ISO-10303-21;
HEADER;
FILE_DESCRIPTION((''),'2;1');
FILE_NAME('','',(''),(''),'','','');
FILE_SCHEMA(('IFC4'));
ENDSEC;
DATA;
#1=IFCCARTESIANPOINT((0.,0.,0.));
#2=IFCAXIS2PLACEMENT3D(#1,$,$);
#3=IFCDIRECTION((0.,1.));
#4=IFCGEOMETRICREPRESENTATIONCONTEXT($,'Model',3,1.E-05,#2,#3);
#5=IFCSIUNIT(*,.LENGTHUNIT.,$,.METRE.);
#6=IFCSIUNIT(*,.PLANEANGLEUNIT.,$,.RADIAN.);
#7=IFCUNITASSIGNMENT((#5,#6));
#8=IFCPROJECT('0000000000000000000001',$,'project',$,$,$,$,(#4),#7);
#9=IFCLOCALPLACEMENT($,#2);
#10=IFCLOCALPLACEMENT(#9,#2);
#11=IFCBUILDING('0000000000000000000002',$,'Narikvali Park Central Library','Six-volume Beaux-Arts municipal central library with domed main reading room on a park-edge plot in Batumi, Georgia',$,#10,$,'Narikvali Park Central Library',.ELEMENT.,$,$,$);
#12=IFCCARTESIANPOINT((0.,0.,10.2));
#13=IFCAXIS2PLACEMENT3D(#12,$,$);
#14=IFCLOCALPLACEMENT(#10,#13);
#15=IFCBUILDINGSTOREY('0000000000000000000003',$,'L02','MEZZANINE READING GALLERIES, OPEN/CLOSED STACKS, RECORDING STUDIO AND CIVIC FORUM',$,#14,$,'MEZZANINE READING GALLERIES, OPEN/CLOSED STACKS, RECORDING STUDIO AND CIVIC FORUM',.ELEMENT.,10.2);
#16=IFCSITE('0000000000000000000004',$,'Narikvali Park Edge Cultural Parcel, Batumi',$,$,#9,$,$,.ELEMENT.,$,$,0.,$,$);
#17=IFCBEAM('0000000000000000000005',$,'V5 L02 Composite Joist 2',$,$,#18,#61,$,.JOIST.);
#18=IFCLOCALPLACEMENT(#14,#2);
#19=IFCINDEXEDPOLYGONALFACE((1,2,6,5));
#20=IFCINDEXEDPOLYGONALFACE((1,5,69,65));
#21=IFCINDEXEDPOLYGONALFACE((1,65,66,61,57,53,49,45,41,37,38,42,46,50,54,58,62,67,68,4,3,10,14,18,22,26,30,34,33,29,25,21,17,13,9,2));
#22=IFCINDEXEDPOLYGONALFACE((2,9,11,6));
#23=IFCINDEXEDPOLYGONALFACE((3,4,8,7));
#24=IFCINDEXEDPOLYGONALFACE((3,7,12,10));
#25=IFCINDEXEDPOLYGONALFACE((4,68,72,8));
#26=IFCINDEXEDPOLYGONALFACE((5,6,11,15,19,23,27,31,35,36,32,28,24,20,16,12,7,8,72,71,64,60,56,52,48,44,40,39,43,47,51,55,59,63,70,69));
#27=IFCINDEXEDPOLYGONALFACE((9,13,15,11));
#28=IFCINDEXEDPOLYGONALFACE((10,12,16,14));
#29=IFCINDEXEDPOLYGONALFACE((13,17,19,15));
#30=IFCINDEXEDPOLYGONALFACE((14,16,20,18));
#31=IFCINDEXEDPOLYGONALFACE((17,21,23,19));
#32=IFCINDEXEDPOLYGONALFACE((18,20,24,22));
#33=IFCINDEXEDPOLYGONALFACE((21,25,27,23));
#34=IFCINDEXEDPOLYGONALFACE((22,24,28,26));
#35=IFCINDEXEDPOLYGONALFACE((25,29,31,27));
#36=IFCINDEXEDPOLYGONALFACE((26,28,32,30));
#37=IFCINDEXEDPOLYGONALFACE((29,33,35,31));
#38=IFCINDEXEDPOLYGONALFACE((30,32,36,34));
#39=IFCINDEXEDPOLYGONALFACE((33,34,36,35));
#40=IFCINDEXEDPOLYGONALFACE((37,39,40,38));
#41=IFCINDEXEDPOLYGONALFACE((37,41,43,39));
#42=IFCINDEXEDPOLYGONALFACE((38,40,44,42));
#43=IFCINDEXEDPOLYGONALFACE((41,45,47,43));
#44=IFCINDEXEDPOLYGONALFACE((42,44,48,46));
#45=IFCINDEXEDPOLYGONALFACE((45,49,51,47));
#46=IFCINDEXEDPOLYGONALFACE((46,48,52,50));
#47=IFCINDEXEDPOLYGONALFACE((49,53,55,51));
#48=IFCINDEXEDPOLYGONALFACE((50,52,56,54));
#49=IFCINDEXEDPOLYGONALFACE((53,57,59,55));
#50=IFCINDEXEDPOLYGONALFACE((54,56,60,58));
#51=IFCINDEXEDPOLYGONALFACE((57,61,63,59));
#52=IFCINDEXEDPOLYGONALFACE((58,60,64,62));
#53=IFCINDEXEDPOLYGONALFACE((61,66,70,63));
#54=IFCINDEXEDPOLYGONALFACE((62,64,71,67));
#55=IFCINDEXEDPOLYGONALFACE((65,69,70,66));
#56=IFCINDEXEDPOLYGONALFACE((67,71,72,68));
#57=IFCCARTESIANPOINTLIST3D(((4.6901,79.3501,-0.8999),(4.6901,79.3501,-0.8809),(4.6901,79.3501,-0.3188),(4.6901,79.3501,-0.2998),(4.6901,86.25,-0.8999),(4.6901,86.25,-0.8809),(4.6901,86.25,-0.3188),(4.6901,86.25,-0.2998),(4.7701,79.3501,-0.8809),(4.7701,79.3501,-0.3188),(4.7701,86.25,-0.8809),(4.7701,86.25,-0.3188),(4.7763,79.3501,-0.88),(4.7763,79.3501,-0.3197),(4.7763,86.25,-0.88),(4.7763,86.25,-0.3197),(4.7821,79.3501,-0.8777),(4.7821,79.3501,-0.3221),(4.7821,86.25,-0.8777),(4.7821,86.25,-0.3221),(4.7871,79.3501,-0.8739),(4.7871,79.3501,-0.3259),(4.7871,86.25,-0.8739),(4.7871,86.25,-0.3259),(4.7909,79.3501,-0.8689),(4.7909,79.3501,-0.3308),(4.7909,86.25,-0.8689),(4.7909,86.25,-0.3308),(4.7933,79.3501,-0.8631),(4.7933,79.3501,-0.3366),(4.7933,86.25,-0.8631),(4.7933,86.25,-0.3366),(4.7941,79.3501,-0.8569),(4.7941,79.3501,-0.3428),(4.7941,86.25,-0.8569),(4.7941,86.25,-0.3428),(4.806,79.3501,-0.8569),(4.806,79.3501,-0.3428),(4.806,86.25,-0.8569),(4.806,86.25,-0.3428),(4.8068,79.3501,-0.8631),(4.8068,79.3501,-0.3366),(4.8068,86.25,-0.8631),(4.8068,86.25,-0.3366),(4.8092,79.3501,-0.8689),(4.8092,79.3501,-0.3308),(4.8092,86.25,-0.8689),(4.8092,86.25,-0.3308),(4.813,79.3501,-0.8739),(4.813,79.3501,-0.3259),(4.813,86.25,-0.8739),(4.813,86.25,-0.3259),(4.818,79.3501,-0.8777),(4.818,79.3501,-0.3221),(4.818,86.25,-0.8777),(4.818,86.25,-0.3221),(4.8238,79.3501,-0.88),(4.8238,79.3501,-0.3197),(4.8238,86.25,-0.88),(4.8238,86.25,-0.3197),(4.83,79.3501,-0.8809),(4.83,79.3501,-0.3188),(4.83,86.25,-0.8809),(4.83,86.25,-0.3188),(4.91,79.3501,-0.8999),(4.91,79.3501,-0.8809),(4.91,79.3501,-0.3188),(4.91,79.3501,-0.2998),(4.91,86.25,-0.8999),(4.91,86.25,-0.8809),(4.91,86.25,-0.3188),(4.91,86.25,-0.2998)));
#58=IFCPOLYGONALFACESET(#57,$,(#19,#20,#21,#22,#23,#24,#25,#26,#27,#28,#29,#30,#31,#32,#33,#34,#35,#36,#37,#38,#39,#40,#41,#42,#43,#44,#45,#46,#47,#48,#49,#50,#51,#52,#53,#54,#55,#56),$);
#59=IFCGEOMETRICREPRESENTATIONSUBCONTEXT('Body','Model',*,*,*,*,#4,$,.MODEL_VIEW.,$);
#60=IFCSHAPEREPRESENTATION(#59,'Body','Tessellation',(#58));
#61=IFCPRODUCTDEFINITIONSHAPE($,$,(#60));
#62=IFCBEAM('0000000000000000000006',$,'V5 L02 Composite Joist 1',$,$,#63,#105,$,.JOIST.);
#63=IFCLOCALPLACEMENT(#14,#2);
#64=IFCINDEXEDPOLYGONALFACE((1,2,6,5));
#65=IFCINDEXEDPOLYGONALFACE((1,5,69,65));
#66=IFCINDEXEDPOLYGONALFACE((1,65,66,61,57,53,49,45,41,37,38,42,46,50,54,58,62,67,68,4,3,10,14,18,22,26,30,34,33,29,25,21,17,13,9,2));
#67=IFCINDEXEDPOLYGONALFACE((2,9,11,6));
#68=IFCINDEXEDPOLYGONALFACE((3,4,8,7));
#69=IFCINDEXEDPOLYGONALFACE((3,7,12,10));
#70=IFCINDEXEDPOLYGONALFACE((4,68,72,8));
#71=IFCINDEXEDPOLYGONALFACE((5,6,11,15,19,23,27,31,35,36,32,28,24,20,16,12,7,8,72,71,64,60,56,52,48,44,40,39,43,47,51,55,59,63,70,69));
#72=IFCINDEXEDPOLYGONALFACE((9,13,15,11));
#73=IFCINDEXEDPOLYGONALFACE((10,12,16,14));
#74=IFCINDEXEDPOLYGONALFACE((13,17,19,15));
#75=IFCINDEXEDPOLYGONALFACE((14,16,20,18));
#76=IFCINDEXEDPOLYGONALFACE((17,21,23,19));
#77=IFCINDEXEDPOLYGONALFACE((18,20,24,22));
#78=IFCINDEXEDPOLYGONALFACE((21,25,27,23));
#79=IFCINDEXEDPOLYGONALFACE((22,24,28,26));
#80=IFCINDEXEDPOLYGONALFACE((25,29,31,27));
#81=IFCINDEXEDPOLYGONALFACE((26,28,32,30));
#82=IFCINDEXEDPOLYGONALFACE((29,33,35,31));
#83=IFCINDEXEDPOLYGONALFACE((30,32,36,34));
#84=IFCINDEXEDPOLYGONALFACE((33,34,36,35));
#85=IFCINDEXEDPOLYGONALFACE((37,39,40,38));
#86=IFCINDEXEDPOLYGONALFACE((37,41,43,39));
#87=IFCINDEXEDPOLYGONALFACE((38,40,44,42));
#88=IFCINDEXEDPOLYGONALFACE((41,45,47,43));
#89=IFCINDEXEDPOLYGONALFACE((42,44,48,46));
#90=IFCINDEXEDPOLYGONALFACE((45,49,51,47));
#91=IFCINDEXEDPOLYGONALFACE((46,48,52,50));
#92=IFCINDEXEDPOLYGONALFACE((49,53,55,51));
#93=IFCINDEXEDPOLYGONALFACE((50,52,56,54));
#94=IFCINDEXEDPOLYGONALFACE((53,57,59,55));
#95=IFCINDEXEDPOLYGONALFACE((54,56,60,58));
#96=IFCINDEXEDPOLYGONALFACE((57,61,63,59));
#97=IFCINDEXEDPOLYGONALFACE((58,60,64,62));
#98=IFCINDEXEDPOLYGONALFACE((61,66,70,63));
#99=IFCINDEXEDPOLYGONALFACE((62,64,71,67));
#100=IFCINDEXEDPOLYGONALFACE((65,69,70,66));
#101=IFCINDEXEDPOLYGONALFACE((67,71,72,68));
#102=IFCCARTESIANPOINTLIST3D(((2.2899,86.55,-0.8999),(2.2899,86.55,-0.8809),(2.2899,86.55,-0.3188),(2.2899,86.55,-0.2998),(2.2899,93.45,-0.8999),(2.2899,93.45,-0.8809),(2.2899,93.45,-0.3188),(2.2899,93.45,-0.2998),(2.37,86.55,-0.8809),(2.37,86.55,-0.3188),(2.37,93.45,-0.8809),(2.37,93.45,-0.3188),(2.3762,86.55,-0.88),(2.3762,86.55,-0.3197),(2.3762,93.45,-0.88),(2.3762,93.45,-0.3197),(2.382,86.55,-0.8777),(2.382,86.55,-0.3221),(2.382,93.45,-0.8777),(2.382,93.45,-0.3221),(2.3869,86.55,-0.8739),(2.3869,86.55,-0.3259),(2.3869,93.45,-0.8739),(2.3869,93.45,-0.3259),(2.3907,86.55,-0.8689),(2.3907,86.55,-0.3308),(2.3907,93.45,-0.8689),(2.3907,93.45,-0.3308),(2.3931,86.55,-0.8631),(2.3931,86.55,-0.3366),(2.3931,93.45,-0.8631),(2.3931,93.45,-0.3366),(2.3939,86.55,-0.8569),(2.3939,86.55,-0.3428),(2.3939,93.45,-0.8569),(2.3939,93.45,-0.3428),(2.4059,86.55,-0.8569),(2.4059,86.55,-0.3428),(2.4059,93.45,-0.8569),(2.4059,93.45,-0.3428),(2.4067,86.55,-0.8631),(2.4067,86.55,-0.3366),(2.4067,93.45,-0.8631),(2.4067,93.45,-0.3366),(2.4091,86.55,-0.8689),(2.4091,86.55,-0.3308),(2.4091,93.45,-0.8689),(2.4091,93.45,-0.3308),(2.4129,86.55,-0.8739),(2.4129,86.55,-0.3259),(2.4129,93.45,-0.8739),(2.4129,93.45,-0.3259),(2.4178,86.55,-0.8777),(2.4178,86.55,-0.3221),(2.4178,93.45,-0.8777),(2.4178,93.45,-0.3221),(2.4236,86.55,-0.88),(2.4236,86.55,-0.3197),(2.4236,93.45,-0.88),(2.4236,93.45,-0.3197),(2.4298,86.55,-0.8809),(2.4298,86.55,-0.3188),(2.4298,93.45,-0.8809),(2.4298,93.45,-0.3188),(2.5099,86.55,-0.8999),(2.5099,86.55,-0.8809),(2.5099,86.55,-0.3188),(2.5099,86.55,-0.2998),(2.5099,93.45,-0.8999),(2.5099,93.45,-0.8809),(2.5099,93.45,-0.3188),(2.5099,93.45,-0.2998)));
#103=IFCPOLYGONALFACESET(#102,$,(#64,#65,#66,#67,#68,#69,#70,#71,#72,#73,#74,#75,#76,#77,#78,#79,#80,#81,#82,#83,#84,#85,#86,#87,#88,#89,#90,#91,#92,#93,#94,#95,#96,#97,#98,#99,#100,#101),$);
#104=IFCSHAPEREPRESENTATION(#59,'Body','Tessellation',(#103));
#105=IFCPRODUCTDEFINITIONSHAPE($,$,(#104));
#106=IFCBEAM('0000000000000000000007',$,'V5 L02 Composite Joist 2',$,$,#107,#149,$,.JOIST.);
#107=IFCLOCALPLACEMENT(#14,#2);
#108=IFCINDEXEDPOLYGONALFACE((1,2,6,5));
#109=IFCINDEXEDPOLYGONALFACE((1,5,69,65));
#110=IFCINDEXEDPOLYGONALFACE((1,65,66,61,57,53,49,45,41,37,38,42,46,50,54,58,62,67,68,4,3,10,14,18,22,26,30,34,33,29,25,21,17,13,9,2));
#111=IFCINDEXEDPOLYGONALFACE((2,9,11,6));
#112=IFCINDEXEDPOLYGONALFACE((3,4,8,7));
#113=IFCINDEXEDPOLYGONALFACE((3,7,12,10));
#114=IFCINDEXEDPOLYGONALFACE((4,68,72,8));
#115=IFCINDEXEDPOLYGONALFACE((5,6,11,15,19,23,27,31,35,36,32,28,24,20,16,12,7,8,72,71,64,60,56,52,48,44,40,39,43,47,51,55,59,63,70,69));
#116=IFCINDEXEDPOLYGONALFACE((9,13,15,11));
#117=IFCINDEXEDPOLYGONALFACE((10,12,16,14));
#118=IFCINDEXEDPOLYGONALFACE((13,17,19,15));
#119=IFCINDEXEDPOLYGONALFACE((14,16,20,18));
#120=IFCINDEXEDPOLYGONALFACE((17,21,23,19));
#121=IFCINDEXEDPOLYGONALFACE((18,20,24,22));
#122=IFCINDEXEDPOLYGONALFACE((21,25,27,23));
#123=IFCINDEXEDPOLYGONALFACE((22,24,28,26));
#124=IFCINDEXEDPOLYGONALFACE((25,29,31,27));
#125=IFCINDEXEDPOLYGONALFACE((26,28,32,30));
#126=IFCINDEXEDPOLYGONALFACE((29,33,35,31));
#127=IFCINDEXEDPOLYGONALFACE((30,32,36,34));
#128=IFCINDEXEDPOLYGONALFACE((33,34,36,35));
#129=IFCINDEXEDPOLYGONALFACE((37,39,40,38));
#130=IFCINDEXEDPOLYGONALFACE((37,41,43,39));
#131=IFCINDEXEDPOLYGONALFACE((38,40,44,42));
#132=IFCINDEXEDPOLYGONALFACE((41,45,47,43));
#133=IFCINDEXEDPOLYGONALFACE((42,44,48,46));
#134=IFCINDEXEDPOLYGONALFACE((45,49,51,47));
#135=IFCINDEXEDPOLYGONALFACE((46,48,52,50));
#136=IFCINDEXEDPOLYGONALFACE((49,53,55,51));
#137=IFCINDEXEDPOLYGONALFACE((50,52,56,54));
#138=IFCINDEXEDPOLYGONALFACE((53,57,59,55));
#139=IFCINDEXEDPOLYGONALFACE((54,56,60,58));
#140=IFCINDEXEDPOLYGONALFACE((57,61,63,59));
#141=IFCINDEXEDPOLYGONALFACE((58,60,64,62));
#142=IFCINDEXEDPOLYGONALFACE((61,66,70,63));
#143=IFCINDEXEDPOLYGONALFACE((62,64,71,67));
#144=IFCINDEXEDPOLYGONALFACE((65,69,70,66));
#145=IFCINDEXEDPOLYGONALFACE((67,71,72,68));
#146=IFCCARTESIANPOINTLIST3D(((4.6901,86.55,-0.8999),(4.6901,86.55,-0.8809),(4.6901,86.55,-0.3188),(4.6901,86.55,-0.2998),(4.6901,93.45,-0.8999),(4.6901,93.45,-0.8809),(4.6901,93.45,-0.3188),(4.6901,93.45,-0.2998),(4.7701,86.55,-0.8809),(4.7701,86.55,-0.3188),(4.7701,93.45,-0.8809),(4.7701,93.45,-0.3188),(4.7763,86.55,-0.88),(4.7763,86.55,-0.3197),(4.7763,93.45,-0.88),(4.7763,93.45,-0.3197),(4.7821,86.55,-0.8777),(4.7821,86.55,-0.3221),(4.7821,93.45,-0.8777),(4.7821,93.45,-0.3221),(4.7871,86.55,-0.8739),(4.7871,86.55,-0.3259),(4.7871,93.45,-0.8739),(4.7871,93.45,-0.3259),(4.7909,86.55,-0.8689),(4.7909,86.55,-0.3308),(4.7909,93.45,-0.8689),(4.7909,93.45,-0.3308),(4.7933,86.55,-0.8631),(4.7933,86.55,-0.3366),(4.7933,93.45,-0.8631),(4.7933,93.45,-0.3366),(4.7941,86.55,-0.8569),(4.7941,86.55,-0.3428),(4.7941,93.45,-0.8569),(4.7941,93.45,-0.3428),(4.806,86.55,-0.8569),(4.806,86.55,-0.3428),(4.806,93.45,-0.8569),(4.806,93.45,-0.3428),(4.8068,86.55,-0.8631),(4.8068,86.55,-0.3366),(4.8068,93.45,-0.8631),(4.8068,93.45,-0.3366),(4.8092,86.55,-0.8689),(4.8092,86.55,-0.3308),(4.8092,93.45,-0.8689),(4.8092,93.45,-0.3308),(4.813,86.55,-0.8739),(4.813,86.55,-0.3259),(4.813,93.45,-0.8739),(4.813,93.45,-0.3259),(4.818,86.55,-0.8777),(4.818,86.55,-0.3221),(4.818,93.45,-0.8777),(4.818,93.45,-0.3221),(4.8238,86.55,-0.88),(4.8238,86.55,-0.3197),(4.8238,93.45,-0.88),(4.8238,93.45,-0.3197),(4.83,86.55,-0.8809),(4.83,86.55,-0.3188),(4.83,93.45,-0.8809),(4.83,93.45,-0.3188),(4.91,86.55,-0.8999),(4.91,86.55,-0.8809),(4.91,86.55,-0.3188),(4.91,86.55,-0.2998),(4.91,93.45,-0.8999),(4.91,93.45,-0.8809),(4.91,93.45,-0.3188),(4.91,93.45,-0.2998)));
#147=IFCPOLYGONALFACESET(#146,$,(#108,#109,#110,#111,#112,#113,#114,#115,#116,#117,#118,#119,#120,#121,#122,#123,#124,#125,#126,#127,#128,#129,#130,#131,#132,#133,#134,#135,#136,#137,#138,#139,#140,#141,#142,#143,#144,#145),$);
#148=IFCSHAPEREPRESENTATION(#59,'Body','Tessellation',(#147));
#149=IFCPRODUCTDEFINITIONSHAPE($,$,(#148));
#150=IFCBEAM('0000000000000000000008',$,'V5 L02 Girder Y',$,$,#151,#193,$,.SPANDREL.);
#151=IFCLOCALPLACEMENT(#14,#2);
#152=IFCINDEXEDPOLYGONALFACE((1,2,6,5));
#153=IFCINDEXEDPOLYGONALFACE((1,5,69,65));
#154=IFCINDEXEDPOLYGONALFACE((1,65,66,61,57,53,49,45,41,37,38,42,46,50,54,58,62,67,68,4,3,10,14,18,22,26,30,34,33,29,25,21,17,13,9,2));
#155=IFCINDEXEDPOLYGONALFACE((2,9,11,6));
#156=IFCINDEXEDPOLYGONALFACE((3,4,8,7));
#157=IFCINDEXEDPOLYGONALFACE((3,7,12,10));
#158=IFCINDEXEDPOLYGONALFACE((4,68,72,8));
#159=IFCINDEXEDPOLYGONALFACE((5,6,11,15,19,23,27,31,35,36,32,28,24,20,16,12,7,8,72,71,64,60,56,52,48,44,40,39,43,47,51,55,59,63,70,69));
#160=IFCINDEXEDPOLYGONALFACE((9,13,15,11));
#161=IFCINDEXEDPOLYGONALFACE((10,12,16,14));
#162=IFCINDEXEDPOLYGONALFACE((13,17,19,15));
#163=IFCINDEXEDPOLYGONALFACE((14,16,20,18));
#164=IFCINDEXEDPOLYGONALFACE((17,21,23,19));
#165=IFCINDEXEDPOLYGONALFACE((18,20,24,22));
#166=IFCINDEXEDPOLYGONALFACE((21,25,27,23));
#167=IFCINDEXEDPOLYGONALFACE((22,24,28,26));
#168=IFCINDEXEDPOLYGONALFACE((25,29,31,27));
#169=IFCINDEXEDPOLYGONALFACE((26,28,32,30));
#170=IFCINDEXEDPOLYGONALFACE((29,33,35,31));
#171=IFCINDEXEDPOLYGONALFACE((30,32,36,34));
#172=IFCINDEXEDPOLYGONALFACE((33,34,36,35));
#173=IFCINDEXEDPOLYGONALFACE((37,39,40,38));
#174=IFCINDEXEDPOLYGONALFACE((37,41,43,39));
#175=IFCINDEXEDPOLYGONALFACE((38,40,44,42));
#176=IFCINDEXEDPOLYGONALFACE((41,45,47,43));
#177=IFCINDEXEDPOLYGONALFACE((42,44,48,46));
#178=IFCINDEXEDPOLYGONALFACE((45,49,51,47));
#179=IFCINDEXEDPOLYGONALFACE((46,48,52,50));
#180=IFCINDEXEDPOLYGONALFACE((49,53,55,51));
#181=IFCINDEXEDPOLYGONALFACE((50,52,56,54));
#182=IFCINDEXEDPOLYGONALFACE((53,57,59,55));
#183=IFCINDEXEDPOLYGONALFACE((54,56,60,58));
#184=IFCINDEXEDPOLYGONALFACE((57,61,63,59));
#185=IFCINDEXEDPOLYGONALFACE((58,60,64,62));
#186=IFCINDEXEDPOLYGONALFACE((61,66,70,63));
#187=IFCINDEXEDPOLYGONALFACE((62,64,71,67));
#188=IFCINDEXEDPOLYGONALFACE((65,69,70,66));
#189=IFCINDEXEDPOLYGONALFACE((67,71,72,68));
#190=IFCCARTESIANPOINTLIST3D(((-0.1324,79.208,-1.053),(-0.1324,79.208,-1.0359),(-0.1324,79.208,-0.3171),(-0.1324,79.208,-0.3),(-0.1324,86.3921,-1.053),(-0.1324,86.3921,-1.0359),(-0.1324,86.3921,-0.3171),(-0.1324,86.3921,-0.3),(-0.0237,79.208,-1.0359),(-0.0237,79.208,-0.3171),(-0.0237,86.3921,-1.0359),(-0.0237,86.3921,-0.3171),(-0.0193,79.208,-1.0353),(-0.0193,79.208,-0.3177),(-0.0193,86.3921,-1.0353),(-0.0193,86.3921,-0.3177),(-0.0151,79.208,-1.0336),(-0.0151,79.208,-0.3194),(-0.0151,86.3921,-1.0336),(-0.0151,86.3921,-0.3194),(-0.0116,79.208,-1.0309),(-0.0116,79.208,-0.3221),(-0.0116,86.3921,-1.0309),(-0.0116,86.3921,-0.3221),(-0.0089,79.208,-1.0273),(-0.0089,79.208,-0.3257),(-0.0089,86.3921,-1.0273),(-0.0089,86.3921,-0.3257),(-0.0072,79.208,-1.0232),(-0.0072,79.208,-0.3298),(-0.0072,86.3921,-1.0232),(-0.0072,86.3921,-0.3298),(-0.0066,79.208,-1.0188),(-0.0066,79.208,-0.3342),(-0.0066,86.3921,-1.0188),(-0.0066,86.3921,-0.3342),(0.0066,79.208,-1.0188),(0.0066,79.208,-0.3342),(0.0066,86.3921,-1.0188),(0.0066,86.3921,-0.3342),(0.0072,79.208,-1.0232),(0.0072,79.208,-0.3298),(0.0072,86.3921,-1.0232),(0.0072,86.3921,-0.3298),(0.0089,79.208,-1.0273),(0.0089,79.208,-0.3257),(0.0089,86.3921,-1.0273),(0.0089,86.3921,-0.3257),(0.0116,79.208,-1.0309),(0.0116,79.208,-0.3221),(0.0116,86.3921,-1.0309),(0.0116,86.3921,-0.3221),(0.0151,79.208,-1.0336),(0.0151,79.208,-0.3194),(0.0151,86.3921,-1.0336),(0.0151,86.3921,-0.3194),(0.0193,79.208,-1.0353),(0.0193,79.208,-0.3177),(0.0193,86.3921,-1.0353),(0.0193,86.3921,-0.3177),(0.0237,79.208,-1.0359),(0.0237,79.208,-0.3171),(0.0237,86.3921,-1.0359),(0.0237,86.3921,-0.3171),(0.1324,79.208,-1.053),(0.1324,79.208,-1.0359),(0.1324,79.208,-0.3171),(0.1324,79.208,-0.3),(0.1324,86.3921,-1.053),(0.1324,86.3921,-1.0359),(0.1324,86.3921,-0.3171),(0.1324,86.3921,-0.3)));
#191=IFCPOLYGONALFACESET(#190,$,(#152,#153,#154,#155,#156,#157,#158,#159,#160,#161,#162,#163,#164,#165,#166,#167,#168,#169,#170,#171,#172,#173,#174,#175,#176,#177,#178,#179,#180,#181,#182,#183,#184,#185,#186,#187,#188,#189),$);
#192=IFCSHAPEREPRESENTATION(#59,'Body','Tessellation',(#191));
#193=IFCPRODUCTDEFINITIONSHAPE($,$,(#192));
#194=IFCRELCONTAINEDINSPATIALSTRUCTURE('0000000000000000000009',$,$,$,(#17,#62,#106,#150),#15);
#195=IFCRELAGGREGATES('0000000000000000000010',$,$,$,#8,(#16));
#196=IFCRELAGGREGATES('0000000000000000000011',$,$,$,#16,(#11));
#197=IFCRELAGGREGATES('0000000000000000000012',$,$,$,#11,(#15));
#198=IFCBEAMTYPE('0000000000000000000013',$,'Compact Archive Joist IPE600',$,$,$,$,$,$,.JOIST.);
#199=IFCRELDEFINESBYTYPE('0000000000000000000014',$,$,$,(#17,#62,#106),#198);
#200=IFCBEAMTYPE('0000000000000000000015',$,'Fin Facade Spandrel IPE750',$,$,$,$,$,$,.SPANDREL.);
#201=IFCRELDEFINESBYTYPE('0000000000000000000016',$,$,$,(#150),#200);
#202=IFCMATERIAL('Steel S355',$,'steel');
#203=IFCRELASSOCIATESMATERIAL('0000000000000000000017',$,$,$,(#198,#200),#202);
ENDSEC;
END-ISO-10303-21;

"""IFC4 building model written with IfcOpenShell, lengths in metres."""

from ifc_helpers import new_model, si_unit, direction, frame, origin, origin_2d, place, context, subcontext, project, spatial, i_section, extrude, material, material_profile, profile_set, type_object, element, save


model = new_model("IFC4")

# Units and contexts
model_context = context("Model", 3, precision=1e-05, world=origin(), true_north=direction((0.0, 1.0)))
body_context = subcontext(model_context, "Body", "Model", "MODEL_VIEW")
ifc_project = project(units=[si_unit("LENGTHUNIT", "METRE"), si_unit("PLANEANGLEUNIT", "RADIAN")], contexts=[model_context])

# Site, building, storey
site_placement = place(None, origin())
site = spatial("IfcSite", under=ifc_project, at=site_placement, Name="Narikvali Park Edge Cultural Parcel, Batumi", CompositionType="ELEMENT", RefElevation=0.0)
building_placement = place(site_placement, origin())
building = spatial("IfcBuilding", under=site, at=building_placement, Name="Narikvali Park Central Library", Description="Six-volume Beaux-Arts municipal central library with domed main reading room on a park-edge plot in Batumi, Georgia", LongName="Narikvali Park Central Library", CompositionType="ELEMENT")
storey_placement = place(building_placement, frame((0.0, 0.0, 10.2)))
storey = spatial("IfcBuildingStorey", under=building, at=storey_placement, Name="L02", Description="MEZZANINE READING GALLERIES, OPEN/CLOSED STACKS, RECORDING STUDIO AND CIVIC FORUM", LongName="MEZZANINE READING GALLERIES, OPEN/CLOSED STACKS, RECORDING STUDIO AND CIVIC FORUM", CompositionType="ELEMENT", Elevation=10.2)

# Shared definitions
ifc_material_1 = material(Name="Steel S355", Category="steel")

# Beams
ifc_material_profile_1 = material_profile(ifc_material_1, i_section(OverallWidth=0.22, OverallDepth=0.6001, WebThickness=0.012, FlangeThickness=0.019, FilletRadius=0.0239, at=origin_2d()), Name="IPE 600")
ifc_profile_set_1 = profile_set([ifc_material_profile_1], Name="Steel S355")
beam_type_1 = type_object("IfcBeamType", Name="Compact Archive Joist IPE600", PredefinedType="JOIST", material=ifc_profile_set_1)
for number, where, z_axis, x_axis, name in (
    (1, (4.8, 79.3501, -0.5999), (0.0, 1.0, 0.0), (-1.0, 0.0, 0.0), "V5 L02 Composite Joist 2"),
    (2, (2.3999, 86.55, -0.5999), (0.0, 1.0, 0.0), (-1.0, 0.0, 0.0), "V5 L02 Composite Joist 1"),
    (3, (4.8, 86.55, -0.5999), (0.0, 1.0, 0.0), (-1.0, 0.0, 0.0), "V5 L02 Composite Joist 2"),
):
    element("IfcBeam", number, at=place(storey_placement, frame(where, z_axis=z_axis, x_axis=x_axis)), inside=storey, type_object=beam_type_1, Name=name, PredefinedType="JOIST", context=body_context, shape_type="SweptSolid", body=[
        extrude(i_section(OverallWidth=0.22, OverallDepth=0.6001, WebThickness=0.012, FlangeThickness=0.019, FilletRadius=0.0239, at=origin_2d()), origin(), (0.0, 0.0, 1.0), 6.8999),
    ])
ifc_material_profile_2 = material_profile(ifc_material_1, i_section(OverallWidth=0.2649, OverallDepth=0.7529, WebThickness=0.0132, FlangeThickness=0.0171, FilletRadius=0.0171, at=origin_2d()), Name="IPE 750x147")
ifc_profile_set_2 = profile_set([ifc_material_profile_2], Name="Steel S355")
beam_type_2 = type_object("IfcBeamType", Name="Fin Facade Spandrel IPE750", PredefinedType="SPANDREL", material=ifc_profile_set_2)
for number, where, z_axis, x_axis, name in (
    (4, (0.0, 79.208, -0.6765), (0.0, 1.0, 0.0), (-1.0, 0.0, 0.0), "V5 L02 Girder Y"),
):
    element("IfcBeam", number, at=place(storey_placement, frame(where, z_axis=z_axis, x_axis=x_axis)), inside=storey, type_object=beam_type_2, Name=name, PredefinedType="SPANDREL", context=body_context, shape_type="SweptSolid", body=[
        extrude(i_section(OverallWidth=0.2649, OverallDepth=0.7529, WebThickness=0.0132, FlangeThickness=0.0171, FilletRadius=0.0171, at=origin_2d()), origin(), (0.0, 0.0, 1.0), 7.1841),
    ])

save(model, "model.ifc")
